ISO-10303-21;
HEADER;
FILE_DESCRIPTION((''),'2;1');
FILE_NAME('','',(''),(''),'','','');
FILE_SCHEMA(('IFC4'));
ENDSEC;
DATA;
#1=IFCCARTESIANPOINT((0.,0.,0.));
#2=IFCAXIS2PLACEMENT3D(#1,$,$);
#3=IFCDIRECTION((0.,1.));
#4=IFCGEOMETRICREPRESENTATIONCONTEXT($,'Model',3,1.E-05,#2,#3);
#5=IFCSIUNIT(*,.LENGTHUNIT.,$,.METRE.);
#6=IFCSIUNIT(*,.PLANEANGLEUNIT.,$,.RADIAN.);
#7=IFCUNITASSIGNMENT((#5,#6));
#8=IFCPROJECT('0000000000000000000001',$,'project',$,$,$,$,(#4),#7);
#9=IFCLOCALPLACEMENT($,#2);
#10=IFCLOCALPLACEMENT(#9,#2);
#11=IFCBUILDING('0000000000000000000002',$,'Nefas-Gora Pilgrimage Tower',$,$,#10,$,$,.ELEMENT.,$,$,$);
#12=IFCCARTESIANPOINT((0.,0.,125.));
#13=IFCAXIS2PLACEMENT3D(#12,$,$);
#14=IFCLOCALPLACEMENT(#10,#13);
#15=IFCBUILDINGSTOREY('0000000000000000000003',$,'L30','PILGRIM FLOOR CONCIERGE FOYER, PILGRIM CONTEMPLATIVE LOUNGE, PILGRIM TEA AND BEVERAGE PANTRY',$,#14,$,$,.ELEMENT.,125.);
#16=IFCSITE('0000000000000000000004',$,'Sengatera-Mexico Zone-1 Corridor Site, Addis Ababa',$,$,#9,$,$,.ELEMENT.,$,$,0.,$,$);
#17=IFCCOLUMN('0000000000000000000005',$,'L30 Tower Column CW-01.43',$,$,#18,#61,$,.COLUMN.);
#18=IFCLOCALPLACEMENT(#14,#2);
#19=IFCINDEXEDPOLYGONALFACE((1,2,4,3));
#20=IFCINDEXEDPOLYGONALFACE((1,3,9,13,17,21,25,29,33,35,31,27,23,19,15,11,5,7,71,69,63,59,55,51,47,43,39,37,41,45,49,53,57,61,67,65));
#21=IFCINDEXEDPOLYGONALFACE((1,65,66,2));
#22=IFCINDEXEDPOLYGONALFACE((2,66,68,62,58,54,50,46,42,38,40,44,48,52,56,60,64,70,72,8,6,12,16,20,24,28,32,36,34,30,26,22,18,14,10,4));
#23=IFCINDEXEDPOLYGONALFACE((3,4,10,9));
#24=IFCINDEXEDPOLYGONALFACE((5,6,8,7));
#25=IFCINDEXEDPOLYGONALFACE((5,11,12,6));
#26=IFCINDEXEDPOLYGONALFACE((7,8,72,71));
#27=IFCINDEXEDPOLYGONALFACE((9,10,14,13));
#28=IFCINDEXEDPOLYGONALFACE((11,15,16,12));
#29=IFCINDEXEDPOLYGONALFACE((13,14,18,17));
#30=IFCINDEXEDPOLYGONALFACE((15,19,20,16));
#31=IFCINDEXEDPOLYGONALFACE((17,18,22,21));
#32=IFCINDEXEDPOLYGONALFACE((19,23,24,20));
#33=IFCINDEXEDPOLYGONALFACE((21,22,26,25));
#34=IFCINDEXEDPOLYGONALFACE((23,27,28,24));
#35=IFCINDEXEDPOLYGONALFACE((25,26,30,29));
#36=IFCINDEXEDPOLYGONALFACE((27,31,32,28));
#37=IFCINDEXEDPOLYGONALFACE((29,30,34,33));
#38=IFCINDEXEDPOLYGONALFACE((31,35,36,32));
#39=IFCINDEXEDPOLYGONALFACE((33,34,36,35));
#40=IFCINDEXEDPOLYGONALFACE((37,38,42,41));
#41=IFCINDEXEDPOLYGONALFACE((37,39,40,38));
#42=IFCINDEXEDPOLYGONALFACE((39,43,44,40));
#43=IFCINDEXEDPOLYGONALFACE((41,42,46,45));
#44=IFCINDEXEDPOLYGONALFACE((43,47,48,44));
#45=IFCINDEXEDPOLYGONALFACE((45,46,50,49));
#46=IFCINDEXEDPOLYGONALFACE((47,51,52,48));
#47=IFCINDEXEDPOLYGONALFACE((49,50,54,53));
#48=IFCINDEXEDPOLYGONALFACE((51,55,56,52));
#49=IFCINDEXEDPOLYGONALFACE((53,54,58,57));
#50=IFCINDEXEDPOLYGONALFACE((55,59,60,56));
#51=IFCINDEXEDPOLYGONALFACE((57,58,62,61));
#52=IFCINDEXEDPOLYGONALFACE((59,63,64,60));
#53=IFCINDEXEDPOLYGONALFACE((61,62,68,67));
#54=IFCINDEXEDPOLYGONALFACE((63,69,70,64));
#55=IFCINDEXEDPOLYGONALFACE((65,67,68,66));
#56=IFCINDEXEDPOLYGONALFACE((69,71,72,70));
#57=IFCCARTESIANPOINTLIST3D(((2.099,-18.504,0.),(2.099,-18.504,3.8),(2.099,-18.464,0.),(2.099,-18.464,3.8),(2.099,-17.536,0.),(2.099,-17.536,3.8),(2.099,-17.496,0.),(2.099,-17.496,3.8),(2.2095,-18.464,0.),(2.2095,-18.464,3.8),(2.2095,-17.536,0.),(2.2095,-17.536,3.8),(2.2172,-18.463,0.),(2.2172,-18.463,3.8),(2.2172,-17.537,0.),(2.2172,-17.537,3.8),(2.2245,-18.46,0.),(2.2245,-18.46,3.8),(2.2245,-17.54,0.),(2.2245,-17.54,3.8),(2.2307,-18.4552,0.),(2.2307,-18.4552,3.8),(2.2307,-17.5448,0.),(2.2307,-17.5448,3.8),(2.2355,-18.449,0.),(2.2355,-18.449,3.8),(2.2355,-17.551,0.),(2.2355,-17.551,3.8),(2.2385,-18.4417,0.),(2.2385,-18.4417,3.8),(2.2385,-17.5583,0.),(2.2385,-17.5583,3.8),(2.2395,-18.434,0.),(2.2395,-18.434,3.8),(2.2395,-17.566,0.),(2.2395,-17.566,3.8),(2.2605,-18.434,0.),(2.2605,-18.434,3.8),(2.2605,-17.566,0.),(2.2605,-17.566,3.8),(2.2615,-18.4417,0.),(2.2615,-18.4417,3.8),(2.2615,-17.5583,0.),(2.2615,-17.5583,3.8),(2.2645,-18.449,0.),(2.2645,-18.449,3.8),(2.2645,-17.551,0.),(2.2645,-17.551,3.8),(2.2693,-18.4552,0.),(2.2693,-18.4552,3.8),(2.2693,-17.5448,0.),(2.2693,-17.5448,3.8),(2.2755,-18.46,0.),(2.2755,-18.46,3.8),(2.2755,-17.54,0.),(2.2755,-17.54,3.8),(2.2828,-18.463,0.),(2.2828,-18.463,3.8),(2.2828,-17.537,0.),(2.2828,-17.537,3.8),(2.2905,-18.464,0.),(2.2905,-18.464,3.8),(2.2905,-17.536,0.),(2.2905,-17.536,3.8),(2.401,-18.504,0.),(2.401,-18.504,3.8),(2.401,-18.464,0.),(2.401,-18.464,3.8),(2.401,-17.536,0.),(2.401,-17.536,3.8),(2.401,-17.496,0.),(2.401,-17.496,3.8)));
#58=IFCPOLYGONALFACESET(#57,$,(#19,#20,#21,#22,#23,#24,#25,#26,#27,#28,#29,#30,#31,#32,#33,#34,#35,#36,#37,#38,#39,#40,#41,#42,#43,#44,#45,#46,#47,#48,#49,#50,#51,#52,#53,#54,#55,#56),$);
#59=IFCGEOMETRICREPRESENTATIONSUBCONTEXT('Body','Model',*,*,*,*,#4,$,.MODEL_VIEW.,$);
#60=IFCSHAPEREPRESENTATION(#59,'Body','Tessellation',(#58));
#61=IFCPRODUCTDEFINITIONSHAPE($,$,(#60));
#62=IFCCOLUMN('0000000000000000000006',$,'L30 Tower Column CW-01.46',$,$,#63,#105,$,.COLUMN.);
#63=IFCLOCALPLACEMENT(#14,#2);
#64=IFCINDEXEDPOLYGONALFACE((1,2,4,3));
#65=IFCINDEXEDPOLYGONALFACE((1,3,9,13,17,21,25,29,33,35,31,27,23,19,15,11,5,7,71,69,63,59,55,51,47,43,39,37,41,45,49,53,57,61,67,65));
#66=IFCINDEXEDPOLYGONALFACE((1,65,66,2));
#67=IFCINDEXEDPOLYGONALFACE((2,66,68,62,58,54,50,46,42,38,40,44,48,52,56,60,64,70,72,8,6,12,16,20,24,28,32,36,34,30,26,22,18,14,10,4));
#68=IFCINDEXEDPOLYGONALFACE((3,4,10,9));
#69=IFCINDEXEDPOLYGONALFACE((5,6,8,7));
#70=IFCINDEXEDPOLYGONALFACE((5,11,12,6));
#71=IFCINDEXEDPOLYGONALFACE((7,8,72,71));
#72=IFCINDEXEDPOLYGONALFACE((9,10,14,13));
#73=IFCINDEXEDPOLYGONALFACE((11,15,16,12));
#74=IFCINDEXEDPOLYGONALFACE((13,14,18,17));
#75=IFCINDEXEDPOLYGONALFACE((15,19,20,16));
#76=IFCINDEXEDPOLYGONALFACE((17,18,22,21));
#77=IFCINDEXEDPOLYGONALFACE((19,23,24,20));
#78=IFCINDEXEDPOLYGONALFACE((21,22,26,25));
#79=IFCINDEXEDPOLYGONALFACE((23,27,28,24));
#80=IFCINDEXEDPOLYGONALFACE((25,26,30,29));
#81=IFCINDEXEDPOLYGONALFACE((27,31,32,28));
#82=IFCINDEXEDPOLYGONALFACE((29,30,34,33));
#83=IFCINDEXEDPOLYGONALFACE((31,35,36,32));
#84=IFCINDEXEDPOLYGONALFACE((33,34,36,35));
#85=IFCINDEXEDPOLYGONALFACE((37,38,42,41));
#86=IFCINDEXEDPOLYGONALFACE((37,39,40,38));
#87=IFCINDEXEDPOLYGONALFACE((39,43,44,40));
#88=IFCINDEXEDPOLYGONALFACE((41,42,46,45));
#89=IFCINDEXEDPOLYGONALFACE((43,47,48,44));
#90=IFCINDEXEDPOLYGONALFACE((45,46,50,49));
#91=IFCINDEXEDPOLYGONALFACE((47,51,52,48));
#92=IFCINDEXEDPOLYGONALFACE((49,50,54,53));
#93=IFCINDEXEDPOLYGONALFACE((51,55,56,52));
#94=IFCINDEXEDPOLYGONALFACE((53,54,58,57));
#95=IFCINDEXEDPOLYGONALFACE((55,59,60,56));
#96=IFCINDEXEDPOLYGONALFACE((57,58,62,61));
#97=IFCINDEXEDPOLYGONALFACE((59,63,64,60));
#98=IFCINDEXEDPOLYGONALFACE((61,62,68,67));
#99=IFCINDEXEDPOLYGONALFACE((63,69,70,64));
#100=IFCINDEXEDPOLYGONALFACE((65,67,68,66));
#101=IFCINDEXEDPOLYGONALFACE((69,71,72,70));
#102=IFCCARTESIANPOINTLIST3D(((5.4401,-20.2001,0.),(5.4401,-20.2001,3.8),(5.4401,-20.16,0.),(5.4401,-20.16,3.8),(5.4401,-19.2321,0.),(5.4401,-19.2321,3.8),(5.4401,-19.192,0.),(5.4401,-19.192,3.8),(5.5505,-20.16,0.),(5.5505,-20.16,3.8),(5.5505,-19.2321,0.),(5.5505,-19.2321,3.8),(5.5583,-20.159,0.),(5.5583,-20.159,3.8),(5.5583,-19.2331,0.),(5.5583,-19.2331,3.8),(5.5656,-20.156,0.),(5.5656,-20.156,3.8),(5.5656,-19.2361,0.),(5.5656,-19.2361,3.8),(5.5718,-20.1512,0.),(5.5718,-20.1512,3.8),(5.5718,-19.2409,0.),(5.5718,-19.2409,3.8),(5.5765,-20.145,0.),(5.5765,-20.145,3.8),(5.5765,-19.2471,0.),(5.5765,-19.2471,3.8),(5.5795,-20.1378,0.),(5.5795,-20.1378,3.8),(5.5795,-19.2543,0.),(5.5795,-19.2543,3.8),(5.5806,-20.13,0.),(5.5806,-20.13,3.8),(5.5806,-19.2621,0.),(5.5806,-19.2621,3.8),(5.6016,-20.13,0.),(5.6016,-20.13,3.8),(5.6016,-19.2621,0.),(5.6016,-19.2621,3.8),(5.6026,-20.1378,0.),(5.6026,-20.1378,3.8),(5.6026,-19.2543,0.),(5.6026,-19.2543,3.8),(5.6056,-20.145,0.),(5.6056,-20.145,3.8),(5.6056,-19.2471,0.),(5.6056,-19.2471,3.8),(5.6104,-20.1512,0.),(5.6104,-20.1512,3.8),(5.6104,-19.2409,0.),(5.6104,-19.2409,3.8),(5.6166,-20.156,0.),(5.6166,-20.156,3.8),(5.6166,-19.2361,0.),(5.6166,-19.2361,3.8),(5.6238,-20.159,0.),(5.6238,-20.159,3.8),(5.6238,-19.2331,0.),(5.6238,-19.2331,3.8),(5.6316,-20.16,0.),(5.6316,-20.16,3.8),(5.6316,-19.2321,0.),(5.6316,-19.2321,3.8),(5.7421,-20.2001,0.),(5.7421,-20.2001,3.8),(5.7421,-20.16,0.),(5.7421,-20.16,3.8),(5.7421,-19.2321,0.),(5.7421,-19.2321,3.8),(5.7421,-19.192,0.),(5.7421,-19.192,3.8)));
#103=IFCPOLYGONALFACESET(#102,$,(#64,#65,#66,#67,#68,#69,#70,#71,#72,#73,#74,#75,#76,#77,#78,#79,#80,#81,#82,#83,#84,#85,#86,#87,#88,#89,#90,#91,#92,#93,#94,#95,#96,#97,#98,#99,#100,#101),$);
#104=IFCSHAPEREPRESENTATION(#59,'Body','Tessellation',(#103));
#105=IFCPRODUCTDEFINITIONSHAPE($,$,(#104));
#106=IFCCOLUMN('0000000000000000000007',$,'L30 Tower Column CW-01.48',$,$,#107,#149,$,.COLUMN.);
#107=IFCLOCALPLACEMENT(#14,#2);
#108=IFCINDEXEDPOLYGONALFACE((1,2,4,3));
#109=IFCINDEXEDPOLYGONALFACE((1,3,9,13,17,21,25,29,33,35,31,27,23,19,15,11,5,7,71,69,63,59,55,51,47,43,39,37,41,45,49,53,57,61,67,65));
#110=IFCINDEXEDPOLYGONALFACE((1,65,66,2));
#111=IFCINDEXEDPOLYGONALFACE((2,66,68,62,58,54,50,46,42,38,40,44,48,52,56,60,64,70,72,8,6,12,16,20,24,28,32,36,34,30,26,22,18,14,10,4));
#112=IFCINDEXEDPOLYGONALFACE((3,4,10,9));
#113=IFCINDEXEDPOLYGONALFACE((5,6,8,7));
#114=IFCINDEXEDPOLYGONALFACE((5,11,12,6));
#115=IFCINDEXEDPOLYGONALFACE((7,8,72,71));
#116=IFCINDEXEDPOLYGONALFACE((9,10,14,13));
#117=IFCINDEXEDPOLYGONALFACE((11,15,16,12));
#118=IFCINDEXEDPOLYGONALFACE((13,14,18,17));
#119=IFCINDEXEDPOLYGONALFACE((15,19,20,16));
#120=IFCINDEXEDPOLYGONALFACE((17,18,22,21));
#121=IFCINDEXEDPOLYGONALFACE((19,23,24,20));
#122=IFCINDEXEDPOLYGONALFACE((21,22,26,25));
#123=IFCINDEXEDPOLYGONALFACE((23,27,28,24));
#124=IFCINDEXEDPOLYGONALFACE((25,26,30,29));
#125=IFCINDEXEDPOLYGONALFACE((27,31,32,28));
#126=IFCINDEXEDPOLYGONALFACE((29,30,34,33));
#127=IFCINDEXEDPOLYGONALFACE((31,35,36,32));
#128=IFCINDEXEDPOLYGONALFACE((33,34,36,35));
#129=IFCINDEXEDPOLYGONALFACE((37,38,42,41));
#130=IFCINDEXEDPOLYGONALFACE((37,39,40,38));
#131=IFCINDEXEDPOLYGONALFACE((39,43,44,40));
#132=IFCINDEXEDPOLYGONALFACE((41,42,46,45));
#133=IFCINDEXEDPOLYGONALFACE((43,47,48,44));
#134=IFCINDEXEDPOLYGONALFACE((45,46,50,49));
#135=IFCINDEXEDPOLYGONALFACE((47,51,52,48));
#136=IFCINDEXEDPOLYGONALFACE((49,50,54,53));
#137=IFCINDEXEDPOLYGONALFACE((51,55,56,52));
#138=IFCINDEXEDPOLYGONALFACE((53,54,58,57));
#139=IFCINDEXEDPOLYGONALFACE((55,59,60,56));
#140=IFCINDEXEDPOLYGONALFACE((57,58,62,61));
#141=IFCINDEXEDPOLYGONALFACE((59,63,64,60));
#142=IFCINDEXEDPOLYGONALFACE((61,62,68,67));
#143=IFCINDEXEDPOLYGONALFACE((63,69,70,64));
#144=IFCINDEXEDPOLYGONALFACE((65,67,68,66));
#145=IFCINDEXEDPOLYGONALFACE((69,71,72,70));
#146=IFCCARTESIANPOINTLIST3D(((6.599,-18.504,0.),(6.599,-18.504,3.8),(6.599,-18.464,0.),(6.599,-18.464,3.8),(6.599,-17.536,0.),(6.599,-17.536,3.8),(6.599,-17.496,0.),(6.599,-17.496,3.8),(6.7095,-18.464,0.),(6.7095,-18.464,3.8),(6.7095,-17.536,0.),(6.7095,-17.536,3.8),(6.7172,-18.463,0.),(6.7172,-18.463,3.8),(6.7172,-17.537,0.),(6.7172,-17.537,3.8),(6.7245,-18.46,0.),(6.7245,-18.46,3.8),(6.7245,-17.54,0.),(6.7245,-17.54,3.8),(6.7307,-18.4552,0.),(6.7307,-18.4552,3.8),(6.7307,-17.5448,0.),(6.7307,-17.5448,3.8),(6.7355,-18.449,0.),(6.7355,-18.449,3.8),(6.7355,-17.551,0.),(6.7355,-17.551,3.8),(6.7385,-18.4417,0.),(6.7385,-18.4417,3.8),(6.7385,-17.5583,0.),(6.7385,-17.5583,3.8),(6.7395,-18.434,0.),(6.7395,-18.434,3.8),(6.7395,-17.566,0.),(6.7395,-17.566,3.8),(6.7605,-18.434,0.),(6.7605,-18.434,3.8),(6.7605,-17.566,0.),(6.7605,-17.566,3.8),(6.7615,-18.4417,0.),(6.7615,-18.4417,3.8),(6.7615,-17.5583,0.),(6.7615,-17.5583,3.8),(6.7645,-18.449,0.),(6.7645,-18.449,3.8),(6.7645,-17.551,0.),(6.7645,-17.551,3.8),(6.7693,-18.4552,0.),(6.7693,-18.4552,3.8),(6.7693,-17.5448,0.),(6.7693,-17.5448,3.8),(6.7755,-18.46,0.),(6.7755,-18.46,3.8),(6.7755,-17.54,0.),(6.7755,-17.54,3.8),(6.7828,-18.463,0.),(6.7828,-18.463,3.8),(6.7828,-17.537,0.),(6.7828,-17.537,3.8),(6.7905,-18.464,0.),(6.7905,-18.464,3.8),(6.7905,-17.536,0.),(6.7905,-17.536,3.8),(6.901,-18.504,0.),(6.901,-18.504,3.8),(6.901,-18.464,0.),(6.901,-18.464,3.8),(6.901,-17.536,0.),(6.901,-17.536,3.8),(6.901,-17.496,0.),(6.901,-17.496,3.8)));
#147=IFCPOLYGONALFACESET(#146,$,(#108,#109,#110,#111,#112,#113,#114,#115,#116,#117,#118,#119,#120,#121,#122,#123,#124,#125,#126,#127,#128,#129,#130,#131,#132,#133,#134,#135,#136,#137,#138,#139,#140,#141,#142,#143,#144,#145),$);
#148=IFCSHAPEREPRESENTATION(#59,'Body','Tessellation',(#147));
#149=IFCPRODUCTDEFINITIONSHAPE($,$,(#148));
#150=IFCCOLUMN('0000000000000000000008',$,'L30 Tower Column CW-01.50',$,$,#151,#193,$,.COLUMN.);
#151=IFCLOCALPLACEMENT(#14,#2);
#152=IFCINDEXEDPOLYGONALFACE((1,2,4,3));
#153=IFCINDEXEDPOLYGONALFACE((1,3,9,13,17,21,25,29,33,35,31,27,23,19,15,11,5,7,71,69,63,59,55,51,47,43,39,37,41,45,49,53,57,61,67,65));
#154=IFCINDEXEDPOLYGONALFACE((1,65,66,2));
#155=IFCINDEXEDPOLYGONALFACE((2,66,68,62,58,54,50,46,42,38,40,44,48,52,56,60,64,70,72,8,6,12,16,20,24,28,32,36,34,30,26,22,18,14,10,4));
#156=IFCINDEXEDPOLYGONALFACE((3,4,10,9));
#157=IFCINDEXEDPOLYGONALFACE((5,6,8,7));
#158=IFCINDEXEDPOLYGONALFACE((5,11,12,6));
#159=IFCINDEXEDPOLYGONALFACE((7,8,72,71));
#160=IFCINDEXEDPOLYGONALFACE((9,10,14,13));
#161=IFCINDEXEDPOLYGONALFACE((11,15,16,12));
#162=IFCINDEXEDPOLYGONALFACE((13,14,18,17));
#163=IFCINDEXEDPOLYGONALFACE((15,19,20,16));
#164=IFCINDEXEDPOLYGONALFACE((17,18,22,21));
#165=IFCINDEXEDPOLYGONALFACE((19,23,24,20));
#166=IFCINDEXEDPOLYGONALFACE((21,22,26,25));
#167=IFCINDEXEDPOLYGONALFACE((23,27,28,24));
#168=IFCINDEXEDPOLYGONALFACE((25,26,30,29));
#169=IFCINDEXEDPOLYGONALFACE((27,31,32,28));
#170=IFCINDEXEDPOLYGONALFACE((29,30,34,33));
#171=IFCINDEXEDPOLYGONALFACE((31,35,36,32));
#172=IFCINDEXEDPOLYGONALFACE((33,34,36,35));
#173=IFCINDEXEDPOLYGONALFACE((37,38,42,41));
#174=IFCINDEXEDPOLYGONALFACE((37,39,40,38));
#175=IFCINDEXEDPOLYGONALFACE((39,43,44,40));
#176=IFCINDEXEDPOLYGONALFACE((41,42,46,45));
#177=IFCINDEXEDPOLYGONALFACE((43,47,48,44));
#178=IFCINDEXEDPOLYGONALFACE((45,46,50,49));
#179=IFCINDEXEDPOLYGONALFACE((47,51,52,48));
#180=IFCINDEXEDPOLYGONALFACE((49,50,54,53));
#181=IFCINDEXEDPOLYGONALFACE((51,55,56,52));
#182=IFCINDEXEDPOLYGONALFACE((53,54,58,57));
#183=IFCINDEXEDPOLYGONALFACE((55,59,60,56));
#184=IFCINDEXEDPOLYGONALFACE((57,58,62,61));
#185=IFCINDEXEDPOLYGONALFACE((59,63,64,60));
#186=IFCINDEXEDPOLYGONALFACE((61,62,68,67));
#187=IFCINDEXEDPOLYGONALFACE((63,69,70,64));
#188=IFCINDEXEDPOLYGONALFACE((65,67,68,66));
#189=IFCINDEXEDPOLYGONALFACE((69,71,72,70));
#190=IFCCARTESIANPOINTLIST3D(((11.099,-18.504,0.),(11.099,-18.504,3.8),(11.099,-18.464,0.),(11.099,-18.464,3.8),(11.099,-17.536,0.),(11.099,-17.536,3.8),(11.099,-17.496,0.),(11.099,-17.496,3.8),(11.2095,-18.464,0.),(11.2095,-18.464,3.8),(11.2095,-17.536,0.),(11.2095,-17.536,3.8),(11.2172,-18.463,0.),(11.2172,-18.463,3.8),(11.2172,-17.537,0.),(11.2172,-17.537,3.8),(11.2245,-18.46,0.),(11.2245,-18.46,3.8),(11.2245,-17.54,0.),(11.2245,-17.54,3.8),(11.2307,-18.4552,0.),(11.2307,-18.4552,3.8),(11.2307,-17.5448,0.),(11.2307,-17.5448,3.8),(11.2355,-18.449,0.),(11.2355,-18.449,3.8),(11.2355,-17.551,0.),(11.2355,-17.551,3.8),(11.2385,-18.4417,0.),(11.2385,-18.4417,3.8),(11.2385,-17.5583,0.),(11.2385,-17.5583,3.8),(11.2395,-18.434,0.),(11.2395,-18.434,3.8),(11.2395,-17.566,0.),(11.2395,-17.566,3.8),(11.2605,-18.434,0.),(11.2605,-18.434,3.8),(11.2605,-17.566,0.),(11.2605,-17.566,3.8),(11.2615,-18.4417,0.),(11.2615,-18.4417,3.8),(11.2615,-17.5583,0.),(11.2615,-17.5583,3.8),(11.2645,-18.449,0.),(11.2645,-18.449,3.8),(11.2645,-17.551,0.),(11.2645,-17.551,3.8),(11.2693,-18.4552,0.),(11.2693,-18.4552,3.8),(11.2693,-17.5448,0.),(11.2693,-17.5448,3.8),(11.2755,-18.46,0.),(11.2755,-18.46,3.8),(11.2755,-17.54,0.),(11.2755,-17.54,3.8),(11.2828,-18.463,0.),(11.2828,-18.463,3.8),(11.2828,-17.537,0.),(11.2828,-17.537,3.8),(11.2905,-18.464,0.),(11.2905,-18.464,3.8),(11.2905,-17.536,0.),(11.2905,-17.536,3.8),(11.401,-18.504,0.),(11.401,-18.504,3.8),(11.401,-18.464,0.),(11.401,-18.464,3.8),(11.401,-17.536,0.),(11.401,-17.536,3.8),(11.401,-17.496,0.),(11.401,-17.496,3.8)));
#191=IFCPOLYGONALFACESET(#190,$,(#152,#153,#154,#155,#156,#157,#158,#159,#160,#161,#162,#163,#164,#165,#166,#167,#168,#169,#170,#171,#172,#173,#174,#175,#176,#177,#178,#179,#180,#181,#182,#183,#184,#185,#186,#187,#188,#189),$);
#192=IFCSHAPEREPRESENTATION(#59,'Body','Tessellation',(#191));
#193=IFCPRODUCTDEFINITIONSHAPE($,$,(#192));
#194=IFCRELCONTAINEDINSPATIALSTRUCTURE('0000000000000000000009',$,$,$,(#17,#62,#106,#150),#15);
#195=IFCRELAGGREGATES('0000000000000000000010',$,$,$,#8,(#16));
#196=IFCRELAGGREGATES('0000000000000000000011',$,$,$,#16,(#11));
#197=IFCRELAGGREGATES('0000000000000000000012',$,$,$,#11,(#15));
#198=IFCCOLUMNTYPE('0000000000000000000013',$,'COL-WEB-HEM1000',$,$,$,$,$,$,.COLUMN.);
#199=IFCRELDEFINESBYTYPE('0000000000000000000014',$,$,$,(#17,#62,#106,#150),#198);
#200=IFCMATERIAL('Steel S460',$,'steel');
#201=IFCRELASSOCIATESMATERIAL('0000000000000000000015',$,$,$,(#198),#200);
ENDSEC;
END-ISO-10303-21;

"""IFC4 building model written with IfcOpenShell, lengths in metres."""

from ifc_helpers import new_model, si_unit, direction, frame, origin, origin_2d, place, context, subcontext, project, spatial, i_section, extrude, source, transform, mapped, material, material_profile, profile_set, type_object, element, save


model = new_model("IFC4")

# Units and contexts
model_context = context("Model", 3, precision=1e-05, world=origin(), true_north=direction((0.0, 1.0)))
body_context = subcontext(model_context, "Body", "Model", "MODEL_VIEW")
ifc_project = project(units=[si_unit("LENGTHUNIT", "METRE"), si_unit("PLANEANGLEUNIT", "RADIAN")], contexts=[model_context])

# Site, building, storey
site_placement = place(None, origin())
site = spatial("IfcSite", under=ifc_project, at=site_placement, Name="Sengatera-Mexico Zone-1 Corridor Site, Addis Ababa", CompositionType="ELEMENT", RefElevation=0.0)
building_placement = place(site_placement, origin())
building = spatial("IfcBuilding", under=site, at=building_placement, Name="Nefas-Gora Pilgrimage Tower", CompositionType="ELEMENT")
storey_placement = place(building_placement, frame((0.0, 0.0, 125.0)))
storey = spatial("IfcBuildingStorey", under=building, at=storey_placement, Name="L30", Description="PILGRIM FLOOR CONCIERGE FOYER, PILGRIM CONTEMPLATIVE LOUNGE, PILGRIM TEA AND BEVERAGE PANTRY", CompositionType="ELEMENT", Elevation=125.0)

# Columns
ifc_material_1 = material(Name="Steel S460", Category="steel")
ifc_material_profile_1 = material_profile(ifc_material_1, i_section(OverallWidth=0.302, OverallDepth=1.0081, WebThickness=0.021, FlangeThickness=0.04, FilletRadius=0.03, at=origin_2d()), Name="HEM 1000")
ifc_profile_set_1 = profile_set([ifc_material_profile_1], Name="Steel S460")
column_type_1 = type_object("IfcColumnType", Name="COL-WEB-HEM1000", PredefinedType="COLUMN", material=ifc_profile_set_1)
shared_shape_1 = source(origin(), body_context, "Body", "SweptSolid", [
    extrude(i_section(OverallWidth=0.302, OverallDepth=1.0081, WebThickness=0.021, FlangeThickness=0.04, FilletRadius=0.03, at=origin_2d()), origin(), (0.0, 0.0, 1.0), 3.8),
])
for number, where, z_axis, x_axis, name in (
    (1, (2.25, -18.0, 0.0), (0.0, 0.0, 1.0), (1.0, 0.0, 0.0), "L30 Tower Column CW-01.43"),
    (2, (5.5911, -19.696, 0.0), (0.0, 0.0, 1.0), (1.0, 0.0, 0.0), "L30 Tower Column CW-01.46"),
    (3, (6.75, -18.0, 0.0), (0.0, 0.0, 1.0), (1.0, 0.0, 0.0), "L30 Tower Column CW-01.48"),
    (4, (11.25, -18.0, 0.0), (0.0, 0.0, 1.0), (1.0, 0.0, 0.0), "L30 Tower Column CW-01.50"),
):
    element("IfcColumn", number, at=place(storey_placement, frame(where, z_axis=z_axis, x_axis=x_axis)), inside=storey, type_object=column_type_1, Name=name, PredefinedType="COLUMN", context=body_context, shape_type="MappedRepresentation", body=[
        mapped(shared_shape_1, transform((0.0, 0.0, 0.0), x_axis=(1.0, 0.0, 0.0), y_axis=(0.0, 1.0, 0.0), z_axis=(0.0, 0.0, 1.0), scale=1.0)),
    ])

save(model, "model.ifc")
